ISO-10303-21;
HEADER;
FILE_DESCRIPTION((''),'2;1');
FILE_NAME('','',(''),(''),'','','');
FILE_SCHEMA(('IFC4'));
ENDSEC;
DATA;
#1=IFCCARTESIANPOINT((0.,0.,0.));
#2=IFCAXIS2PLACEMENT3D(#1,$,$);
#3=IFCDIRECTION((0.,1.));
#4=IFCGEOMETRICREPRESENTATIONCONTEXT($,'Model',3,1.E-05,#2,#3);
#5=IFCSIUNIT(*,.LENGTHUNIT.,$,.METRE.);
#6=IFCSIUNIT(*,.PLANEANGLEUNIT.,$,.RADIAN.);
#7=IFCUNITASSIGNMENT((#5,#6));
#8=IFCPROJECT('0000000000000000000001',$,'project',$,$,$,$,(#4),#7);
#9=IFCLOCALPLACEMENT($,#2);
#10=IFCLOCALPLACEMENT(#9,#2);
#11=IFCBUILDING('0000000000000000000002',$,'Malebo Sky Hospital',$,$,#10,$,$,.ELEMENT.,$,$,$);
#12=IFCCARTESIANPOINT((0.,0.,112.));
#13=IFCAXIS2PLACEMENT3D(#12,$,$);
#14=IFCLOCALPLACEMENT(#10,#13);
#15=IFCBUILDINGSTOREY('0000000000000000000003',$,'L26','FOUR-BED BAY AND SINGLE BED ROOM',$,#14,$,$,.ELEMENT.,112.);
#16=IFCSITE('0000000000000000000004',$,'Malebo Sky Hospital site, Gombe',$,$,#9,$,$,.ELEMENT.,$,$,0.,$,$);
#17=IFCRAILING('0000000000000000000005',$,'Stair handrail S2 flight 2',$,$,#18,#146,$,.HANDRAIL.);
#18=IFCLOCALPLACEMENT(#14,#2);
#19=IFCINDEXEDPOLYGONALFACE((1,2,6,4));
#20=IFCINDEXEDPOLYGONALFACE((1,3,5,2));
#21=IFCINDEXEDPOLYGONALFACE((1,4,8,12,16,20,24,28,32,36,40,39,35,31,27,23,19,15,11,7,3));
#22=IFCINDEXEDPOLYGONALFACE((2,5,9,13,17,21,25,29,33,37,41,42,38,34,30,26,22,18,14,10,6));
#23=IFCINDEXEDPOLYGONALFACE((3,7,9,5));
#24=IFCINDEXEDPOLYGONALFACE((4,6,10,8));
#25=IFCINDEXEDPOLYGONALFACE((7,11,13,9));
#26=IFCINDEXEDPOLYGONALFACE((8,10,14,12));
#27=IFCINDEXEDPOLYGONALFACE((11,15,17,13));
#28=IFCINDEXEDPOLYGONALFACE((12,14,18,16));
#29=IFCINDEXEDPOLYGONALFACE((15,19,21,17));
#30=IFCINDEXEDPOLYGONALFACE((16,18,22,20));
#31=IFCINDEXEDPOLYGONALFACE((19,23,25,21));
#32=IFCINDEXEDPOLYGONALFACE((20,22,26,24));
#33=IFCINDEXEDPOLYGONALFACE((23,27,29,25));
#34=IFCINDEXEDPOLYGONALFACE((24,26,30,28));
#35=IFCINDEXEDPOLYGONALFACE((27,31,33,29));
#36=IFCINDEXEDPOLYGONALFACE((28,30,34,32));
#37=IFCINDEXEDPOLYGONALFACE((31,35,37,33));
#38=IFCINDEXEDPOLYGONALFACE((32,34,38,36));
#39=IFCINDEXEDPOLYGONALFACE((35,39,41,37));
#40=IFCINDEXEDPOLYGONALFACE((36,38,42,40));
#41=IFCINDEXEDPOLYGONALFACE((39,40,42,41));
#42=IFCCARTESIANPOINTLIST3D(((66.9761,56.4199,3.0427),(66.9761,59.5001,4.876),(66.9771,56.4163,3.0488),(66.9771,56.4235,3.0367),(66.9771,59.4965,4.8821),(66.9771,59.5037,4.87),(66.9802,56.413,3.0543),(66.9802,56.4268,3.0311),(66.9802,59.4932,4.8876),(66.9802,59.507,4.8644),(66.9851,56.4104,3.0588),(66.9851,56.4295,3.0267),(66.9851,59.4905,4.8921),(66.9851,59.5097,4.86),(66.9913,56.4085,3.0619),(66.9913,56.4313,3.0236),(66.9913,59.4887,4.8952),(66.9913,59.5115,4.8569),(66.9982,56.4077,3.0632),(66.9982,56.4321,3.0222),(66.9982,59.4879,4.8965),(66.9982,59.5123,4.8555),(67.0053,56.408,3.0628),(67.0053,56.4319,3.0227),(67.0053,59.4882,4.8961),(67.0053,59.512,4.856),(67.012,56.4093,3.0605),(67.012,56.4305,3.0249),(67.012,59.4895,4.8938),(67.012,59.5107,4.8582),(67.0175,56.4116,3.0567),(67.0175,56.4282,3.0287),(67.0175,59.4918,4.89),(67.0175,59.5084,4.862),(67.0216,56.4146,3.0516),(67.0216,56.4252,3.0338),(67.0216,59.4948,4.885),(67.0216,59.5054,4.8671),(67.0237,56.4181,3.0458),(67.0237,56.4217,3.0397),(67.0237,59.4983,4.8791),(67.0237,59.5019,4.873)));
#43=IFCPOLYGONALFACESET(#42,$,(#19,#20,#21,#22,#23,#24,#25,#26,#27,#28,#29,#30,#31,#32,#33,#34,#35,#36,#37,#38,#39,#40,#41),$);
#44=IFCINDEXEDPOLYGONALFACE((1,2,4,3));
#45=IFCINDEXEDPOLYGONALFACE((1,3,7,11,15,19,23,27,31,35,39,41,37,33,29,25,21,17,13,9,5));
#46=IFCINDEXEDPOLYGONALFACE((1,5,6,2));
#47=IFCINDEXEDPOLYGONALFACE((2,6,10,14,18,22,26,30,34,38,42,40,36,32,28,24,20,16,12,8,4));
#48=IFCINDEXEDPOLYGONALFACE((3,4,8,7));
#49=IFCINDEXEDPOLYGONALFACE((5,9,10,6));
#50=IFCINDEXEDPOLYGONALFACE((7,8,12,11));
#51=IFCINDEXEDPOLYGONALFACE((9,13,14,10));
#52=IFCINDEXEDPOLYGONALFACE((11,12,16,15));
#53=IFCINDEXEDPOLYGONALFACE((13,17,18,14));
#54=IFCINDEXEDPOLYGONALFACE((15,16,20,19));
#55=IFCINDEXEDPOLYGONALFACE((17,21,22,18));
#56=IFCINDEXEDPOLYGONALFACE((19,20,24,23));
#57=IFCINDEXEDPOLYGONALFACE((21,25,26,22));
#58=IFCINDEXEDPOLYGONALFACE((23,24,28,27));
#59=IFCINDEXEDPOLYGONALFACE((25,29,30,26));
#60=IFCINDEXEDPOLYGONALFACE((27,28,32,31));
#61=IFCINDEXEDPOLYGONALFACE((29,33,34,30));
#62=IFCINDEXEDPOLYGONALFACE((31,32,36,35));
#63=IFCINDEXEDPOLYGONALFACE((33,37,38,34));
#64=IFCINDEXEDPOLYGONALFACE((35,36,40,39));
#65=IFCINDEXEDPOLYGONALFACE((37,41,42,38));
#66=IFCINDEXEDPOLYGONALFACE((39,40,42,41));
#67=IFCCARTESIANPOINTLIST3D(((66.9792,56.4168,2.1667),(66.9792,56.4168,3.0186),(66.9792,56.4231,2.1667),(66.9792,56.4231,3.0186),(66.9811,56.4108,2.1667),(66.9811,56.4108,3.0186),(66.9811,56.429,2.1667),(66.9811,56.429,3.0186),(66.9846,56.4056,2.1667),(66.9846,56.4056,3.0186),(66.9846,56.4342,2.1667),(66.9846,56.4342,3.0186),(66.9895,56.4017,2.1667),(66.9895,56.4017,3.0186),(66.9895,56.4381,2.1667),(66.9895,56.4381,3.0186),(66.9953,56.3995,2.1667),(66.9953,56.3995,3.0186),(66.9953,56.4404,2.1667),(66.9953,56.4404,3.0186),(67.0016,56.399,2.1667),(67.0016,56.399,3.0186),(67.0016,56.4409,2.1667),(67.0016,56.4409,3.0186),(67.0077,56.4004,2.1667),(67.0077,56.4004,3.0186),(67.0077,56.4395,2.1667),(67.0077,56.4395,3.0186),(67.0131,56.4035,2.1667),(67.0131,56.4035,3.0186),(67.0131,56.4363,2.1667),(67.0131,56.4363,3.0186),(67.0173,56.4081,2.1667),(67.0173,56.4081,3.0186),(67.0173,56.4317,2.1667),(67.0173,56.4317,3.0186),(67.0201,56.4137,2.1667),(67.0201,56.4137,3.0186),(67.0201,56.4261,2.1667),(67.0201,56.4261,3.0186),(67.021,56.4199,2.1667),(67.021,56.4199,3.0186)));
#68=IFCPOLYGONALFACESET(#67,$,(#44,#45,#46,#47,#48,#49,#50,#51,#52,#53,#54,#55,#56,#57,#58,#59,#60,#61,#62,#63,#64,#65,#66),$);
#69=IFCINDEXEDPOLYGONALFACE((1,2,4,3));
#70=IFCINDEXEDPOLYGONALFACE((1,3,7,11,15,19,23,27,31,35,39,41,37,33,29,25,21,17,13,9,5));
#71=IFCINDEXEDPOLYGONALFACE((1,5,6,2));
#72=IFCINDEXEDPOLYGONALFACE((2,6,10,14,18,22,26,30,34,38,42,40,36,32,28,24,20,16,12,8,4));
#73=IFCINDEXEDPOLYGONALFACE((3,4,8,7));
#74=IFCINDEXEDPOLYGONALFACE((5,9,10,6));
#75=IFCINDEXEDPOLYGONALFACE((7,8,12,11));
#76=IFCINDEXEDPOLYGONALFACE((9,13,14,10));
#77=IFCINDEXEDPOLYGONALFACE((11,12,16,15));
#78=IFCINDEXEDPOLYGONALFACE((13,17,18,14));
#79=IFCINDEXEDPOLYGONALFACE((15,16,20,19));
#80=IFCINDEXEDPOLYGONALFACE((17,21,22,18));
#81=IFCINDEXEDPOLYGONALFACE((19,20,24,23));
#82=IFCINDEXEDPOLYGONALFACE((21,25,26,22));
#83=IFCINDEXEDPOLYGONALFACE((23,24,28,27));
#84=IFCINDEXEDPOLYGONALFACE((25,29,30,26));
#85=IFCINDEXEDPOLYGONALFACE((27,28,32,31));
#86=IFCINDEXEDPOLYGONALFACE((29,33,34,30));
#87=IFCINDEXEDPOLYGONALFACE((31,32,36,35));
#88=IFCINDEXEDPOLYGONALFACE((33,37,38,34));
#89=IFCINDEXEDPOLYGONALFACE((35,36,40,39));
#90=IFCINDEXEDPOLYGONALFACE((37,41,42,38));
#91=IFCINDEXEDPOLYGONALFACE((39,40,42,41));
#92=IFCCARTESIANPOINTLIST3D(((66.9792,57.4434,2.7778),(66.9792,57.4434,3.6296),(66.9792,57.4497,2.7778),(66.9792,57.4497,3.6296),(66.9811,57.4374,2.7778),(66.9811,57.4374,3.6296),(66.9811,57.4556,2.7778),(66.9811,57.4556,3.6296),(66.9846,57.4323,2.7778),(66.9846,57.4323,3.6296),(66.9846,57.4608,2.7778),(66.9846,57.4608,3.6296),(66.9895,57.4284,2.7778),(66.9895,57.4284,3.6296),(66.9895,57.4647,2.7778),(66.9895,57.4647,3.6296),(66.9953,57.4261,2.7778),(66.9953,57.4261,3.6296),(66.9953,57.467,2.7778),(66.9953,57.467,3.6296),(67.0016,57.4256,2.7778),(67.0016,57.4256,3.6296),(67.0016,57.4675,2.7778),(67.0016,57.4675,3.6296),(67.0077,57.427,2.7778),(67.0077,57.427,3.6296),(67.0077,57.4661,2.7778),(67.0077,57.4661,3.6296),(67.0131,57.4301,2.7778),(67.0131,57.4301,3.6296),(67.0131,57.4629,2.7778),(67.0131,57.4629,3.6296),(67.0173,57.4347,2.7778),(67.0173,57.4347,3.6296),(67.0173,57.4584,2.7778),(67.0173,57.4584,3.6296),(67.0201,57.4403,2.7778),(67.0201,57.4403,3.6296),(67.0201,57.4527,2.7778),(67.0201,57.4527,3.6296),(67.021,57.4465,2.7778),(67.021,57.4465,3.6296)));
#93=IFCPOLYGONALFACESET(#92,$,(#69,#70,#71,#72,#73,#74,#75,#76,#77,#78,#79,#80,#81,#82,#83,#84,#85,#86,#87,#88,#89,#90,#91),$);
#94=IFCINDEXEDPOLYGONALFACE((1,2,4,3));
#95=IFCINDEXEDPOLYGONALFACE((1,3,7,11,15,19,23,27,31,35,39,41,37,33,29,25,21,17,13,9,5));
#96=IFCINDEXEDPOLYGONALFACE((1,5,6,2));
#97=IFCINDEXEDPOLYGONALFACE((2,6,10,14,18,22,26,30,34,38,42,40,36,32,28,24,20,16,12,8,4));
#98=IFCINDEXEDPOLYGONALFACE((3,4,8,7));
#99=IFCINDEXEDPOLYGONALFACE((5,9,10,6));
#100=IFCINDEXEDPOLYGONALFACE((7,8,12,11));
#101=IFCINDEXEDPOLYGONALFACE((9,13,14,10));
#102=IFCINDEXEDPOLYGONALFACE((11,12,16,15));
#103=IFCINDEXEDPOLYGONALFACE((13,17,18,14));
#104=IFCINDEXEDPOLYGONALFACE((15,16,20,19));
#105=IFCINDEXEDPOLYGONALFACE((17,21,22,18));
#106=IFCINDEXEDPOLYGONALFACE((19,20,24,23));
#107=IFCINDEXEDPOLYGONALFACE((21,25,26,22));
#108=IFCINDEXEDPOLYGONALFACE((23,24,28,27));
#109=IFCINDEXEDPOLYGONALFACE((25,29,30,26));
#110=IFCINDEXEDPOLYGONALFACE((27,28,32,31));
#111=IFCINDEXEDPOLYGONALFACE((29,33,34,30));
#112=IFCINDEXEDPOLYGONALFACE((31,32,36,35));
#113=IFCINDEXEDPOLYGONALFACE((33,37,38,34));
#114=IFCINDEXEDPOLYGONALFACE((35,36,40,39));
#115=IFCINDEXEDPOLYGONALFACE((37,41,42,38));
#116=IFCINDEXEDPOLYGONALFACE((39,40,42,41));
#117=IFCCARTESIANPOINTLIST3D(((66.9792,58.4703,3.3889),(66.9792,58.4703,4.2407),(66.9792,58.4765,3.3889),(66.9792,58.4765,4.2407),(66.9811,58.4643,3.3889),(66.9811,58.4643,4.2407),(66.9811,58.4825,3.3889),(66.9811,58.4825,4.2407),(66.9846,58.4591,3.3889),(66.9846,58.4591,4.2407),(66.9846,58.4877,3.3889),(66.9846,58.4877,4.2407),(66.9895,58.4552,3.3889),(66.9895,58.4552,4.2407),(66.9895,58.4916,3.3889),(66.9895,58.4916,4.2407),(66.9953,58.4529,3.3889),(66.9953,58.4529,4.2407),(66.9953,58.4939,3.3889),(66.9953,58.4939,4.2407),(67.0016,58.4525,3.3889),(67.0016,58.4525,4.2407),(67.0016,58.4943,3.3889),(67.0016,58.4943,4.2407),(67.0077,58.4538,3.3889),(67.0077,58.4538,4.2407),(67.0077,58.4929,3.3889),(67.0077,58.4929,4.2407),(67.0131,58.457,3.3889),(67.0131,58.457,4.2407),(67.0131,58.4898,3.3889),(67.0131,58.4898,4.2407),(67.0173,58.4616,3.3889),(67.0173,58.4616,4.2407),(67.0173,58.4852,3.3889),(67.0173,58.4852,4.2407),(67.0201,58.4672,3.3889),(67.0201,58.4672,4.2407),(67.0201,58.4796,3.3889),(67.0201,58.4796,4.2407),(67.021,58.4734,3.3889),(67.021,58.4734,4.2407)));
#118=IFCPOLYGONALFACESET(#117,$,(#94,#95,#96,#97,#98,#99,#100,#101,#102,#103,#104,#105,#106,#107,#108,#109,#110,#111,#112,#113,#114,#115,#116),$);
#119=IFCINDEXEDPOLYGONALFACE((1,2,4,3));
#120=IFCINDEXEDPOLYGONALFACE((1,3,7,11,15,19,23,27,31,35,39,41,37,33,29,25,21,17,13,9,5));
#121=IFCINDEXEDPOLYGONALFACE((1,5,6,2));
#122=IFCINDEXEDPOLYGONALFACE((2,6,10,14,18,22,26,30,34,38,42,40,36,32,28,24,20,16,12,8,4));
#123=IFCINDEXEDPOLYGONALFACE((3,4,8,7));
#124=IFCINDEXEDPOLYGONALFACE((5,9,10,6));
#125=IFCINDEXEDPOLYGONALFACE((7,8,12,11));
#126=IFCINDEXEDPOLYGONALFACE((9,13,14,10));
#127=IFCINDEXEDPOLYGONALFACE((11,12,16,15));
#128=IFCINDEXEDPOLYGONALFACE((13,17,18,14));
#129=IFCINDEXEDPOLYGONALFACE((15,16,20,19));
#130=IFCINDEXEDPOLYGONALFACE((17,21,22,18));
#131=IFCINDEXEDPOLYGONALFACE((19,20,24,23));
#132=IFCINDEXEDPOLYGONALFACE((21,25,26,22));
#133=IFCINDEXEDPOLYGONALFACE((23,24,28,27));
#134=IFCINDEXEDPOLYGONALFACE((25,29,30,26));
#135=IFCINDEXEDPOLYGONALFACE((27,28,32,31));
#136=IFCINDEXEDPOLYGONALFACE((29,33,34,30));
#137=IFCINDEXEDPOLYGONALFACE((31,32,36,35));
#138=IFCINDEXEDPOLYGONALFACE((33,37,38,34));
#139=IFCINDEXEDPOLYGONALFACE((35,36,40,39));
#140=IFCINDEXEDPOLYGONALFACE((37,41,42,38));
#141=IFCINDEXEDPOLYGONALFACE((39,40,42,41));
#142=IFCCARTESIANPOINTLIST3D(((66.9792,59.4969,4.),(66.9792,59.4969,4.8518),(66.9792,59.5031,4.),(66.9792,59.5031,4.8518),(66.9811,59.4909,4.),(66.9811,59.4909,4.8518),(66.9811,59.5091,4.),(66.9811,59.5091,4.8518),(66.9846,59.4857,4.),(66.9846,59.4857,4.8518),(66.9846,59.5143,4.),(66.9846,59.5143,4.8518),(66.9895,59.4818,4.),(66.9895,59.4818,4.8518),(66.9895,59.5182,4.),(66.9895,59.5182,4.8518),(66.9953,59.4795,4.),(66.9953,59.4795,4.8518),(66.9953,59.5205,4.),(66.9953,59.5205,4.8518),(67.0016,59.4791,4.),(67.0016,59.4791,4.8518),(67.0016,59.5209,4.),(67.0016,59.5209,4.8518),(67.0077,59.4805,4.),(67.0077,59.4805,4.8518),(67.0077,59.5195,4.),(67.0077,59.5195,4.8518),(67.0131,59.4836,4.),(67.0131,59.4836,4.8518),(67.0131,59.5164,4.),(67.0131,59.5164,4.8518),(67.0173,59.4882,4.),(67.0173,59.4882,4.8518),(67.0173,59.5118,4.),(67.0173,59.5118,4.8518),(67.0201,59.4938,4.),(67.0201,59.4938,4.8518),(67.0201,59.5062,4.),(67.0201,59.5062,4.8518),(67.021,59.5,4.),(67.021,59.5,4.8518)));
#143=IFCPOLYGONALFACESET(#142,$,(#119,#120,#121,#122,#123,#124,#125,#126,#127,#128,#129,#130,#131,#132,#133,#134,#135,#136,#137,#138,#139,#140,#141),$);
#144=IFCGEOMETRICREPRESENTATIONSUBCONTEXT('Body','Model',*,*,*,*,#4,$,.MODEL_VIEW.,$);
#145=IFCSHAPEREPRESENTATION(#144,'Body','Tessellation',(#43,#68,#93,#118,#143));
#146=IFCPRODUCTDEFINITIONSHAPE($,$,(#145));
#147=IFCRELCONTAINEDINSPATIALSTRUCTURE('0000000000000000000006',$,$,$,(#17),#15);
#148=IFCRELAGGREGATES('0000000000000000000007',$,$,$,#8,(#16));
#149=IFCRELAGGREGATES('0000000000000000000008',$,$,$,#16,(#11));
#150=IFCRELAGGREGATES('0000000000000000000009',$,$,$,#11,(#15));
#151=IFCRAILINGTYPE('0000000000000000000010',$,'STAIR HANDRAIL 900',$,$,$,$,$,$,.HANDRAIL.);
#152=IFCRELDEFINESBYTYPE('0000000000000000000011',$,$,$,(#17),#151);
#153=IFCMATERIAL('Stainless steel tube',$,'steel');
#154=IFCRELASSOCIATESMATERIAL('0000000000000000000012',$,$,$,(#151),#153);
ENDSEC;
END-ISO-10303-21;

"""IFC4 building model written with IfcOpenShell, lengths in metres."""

from ifc_helpers import new_model, si_unit, direction, frame, origin, origin_2d, place, context, subcontext, project, spatial, circle, extrude, material, type_object, element, save


model = new_model("IFC4")

# Units and contexts
model_context = context("Model", 3, precision=1e-05, world=origin(), true_north=direction((0.0, 1.0)))
body_context = subcontext(model_context, "Body", "Model", "MODEL_VIEW")
ifc_project = project(units=[si_unit("LENGTHUNIT", "METRE"), si_unit("PLANEANGLEUNIT", "RADIAN")], contexts=[model_context])

# Site, building, storey
site_placement = place(None, origin())
site = spatial("IfcSite", under=ifc_project, at=site_placement, Name="Malebo Sky Hospital site, Gombe", CompositionType="ELEMENT", RefElevation=0.0)
building_placement = place(site_placement, origin())
building = spatial("IfcBuilding", under=site, at=building_placement, Name="Malebo Sky Hospital", CompositionType="ELEMENT")
storey_placement = place(building_placement, frame((0.0, 0.0, 112.0)))
storey = spatial("IfcBuildingStorey", under=building, at=storey_placement, Name="L26", Description="FOUR-BED BAY AND SINGLE BED ROOM", CompositionType="ELEMENT", Elevation=112.0)

# Railing
ifc_material_1 = material(Name="Stainless steel tube", Category="steel")
railing_type = type_object("IfcRailingType", Name="STAIR HANDRAIL 900", PredefinedType="HANDRAIL", material=ifc_material_1)
railing_1_placement = place(storey_placement, frame((67.0, 56.4199, 2.1667)))
element("IfcRailing", 1, at=railing_1_placement, inside=storey, type_object=railing_type, Name="Stair handrail S2 flight 2", PredefinedType="HANDRAIL", context=body_context, shape_type="SweptSolid", body=[
    extrude(circle(Radius=0.0239, at=origin_2d()), frame((0.0, 0.0, 0.876), z_axis=(0.0, 0.859309, 0.511458), x_axis=(-1.0, 0.0, 0.0)), (0.0, 0.0, 1.0), 3.5845),
    extrude(circle(Radius=0.021, at=origin_2d()), origin(), (0.0, 0.0, 1.0), 0.8518),
    extrude(circle(Radius=0.021, at=origin_2d()), frame((0.0, 1.0266, 0.6111)), (0.0, 0.0, 1.0), 0.8518),
    extrude(circle(Radius=0.021, at=origin_2d()), frame((0.0, 2.0535, 1.2222)), (0.0, 0.0, 1.0), 0.8518),
    extrude(circle(Radius=0.021, at=origin_2d()), frame((0.0, 3.0801, 1.8333)), (0.0, 0.0, 1.0), 0.8518),
])

save(model, "model.ifc")
